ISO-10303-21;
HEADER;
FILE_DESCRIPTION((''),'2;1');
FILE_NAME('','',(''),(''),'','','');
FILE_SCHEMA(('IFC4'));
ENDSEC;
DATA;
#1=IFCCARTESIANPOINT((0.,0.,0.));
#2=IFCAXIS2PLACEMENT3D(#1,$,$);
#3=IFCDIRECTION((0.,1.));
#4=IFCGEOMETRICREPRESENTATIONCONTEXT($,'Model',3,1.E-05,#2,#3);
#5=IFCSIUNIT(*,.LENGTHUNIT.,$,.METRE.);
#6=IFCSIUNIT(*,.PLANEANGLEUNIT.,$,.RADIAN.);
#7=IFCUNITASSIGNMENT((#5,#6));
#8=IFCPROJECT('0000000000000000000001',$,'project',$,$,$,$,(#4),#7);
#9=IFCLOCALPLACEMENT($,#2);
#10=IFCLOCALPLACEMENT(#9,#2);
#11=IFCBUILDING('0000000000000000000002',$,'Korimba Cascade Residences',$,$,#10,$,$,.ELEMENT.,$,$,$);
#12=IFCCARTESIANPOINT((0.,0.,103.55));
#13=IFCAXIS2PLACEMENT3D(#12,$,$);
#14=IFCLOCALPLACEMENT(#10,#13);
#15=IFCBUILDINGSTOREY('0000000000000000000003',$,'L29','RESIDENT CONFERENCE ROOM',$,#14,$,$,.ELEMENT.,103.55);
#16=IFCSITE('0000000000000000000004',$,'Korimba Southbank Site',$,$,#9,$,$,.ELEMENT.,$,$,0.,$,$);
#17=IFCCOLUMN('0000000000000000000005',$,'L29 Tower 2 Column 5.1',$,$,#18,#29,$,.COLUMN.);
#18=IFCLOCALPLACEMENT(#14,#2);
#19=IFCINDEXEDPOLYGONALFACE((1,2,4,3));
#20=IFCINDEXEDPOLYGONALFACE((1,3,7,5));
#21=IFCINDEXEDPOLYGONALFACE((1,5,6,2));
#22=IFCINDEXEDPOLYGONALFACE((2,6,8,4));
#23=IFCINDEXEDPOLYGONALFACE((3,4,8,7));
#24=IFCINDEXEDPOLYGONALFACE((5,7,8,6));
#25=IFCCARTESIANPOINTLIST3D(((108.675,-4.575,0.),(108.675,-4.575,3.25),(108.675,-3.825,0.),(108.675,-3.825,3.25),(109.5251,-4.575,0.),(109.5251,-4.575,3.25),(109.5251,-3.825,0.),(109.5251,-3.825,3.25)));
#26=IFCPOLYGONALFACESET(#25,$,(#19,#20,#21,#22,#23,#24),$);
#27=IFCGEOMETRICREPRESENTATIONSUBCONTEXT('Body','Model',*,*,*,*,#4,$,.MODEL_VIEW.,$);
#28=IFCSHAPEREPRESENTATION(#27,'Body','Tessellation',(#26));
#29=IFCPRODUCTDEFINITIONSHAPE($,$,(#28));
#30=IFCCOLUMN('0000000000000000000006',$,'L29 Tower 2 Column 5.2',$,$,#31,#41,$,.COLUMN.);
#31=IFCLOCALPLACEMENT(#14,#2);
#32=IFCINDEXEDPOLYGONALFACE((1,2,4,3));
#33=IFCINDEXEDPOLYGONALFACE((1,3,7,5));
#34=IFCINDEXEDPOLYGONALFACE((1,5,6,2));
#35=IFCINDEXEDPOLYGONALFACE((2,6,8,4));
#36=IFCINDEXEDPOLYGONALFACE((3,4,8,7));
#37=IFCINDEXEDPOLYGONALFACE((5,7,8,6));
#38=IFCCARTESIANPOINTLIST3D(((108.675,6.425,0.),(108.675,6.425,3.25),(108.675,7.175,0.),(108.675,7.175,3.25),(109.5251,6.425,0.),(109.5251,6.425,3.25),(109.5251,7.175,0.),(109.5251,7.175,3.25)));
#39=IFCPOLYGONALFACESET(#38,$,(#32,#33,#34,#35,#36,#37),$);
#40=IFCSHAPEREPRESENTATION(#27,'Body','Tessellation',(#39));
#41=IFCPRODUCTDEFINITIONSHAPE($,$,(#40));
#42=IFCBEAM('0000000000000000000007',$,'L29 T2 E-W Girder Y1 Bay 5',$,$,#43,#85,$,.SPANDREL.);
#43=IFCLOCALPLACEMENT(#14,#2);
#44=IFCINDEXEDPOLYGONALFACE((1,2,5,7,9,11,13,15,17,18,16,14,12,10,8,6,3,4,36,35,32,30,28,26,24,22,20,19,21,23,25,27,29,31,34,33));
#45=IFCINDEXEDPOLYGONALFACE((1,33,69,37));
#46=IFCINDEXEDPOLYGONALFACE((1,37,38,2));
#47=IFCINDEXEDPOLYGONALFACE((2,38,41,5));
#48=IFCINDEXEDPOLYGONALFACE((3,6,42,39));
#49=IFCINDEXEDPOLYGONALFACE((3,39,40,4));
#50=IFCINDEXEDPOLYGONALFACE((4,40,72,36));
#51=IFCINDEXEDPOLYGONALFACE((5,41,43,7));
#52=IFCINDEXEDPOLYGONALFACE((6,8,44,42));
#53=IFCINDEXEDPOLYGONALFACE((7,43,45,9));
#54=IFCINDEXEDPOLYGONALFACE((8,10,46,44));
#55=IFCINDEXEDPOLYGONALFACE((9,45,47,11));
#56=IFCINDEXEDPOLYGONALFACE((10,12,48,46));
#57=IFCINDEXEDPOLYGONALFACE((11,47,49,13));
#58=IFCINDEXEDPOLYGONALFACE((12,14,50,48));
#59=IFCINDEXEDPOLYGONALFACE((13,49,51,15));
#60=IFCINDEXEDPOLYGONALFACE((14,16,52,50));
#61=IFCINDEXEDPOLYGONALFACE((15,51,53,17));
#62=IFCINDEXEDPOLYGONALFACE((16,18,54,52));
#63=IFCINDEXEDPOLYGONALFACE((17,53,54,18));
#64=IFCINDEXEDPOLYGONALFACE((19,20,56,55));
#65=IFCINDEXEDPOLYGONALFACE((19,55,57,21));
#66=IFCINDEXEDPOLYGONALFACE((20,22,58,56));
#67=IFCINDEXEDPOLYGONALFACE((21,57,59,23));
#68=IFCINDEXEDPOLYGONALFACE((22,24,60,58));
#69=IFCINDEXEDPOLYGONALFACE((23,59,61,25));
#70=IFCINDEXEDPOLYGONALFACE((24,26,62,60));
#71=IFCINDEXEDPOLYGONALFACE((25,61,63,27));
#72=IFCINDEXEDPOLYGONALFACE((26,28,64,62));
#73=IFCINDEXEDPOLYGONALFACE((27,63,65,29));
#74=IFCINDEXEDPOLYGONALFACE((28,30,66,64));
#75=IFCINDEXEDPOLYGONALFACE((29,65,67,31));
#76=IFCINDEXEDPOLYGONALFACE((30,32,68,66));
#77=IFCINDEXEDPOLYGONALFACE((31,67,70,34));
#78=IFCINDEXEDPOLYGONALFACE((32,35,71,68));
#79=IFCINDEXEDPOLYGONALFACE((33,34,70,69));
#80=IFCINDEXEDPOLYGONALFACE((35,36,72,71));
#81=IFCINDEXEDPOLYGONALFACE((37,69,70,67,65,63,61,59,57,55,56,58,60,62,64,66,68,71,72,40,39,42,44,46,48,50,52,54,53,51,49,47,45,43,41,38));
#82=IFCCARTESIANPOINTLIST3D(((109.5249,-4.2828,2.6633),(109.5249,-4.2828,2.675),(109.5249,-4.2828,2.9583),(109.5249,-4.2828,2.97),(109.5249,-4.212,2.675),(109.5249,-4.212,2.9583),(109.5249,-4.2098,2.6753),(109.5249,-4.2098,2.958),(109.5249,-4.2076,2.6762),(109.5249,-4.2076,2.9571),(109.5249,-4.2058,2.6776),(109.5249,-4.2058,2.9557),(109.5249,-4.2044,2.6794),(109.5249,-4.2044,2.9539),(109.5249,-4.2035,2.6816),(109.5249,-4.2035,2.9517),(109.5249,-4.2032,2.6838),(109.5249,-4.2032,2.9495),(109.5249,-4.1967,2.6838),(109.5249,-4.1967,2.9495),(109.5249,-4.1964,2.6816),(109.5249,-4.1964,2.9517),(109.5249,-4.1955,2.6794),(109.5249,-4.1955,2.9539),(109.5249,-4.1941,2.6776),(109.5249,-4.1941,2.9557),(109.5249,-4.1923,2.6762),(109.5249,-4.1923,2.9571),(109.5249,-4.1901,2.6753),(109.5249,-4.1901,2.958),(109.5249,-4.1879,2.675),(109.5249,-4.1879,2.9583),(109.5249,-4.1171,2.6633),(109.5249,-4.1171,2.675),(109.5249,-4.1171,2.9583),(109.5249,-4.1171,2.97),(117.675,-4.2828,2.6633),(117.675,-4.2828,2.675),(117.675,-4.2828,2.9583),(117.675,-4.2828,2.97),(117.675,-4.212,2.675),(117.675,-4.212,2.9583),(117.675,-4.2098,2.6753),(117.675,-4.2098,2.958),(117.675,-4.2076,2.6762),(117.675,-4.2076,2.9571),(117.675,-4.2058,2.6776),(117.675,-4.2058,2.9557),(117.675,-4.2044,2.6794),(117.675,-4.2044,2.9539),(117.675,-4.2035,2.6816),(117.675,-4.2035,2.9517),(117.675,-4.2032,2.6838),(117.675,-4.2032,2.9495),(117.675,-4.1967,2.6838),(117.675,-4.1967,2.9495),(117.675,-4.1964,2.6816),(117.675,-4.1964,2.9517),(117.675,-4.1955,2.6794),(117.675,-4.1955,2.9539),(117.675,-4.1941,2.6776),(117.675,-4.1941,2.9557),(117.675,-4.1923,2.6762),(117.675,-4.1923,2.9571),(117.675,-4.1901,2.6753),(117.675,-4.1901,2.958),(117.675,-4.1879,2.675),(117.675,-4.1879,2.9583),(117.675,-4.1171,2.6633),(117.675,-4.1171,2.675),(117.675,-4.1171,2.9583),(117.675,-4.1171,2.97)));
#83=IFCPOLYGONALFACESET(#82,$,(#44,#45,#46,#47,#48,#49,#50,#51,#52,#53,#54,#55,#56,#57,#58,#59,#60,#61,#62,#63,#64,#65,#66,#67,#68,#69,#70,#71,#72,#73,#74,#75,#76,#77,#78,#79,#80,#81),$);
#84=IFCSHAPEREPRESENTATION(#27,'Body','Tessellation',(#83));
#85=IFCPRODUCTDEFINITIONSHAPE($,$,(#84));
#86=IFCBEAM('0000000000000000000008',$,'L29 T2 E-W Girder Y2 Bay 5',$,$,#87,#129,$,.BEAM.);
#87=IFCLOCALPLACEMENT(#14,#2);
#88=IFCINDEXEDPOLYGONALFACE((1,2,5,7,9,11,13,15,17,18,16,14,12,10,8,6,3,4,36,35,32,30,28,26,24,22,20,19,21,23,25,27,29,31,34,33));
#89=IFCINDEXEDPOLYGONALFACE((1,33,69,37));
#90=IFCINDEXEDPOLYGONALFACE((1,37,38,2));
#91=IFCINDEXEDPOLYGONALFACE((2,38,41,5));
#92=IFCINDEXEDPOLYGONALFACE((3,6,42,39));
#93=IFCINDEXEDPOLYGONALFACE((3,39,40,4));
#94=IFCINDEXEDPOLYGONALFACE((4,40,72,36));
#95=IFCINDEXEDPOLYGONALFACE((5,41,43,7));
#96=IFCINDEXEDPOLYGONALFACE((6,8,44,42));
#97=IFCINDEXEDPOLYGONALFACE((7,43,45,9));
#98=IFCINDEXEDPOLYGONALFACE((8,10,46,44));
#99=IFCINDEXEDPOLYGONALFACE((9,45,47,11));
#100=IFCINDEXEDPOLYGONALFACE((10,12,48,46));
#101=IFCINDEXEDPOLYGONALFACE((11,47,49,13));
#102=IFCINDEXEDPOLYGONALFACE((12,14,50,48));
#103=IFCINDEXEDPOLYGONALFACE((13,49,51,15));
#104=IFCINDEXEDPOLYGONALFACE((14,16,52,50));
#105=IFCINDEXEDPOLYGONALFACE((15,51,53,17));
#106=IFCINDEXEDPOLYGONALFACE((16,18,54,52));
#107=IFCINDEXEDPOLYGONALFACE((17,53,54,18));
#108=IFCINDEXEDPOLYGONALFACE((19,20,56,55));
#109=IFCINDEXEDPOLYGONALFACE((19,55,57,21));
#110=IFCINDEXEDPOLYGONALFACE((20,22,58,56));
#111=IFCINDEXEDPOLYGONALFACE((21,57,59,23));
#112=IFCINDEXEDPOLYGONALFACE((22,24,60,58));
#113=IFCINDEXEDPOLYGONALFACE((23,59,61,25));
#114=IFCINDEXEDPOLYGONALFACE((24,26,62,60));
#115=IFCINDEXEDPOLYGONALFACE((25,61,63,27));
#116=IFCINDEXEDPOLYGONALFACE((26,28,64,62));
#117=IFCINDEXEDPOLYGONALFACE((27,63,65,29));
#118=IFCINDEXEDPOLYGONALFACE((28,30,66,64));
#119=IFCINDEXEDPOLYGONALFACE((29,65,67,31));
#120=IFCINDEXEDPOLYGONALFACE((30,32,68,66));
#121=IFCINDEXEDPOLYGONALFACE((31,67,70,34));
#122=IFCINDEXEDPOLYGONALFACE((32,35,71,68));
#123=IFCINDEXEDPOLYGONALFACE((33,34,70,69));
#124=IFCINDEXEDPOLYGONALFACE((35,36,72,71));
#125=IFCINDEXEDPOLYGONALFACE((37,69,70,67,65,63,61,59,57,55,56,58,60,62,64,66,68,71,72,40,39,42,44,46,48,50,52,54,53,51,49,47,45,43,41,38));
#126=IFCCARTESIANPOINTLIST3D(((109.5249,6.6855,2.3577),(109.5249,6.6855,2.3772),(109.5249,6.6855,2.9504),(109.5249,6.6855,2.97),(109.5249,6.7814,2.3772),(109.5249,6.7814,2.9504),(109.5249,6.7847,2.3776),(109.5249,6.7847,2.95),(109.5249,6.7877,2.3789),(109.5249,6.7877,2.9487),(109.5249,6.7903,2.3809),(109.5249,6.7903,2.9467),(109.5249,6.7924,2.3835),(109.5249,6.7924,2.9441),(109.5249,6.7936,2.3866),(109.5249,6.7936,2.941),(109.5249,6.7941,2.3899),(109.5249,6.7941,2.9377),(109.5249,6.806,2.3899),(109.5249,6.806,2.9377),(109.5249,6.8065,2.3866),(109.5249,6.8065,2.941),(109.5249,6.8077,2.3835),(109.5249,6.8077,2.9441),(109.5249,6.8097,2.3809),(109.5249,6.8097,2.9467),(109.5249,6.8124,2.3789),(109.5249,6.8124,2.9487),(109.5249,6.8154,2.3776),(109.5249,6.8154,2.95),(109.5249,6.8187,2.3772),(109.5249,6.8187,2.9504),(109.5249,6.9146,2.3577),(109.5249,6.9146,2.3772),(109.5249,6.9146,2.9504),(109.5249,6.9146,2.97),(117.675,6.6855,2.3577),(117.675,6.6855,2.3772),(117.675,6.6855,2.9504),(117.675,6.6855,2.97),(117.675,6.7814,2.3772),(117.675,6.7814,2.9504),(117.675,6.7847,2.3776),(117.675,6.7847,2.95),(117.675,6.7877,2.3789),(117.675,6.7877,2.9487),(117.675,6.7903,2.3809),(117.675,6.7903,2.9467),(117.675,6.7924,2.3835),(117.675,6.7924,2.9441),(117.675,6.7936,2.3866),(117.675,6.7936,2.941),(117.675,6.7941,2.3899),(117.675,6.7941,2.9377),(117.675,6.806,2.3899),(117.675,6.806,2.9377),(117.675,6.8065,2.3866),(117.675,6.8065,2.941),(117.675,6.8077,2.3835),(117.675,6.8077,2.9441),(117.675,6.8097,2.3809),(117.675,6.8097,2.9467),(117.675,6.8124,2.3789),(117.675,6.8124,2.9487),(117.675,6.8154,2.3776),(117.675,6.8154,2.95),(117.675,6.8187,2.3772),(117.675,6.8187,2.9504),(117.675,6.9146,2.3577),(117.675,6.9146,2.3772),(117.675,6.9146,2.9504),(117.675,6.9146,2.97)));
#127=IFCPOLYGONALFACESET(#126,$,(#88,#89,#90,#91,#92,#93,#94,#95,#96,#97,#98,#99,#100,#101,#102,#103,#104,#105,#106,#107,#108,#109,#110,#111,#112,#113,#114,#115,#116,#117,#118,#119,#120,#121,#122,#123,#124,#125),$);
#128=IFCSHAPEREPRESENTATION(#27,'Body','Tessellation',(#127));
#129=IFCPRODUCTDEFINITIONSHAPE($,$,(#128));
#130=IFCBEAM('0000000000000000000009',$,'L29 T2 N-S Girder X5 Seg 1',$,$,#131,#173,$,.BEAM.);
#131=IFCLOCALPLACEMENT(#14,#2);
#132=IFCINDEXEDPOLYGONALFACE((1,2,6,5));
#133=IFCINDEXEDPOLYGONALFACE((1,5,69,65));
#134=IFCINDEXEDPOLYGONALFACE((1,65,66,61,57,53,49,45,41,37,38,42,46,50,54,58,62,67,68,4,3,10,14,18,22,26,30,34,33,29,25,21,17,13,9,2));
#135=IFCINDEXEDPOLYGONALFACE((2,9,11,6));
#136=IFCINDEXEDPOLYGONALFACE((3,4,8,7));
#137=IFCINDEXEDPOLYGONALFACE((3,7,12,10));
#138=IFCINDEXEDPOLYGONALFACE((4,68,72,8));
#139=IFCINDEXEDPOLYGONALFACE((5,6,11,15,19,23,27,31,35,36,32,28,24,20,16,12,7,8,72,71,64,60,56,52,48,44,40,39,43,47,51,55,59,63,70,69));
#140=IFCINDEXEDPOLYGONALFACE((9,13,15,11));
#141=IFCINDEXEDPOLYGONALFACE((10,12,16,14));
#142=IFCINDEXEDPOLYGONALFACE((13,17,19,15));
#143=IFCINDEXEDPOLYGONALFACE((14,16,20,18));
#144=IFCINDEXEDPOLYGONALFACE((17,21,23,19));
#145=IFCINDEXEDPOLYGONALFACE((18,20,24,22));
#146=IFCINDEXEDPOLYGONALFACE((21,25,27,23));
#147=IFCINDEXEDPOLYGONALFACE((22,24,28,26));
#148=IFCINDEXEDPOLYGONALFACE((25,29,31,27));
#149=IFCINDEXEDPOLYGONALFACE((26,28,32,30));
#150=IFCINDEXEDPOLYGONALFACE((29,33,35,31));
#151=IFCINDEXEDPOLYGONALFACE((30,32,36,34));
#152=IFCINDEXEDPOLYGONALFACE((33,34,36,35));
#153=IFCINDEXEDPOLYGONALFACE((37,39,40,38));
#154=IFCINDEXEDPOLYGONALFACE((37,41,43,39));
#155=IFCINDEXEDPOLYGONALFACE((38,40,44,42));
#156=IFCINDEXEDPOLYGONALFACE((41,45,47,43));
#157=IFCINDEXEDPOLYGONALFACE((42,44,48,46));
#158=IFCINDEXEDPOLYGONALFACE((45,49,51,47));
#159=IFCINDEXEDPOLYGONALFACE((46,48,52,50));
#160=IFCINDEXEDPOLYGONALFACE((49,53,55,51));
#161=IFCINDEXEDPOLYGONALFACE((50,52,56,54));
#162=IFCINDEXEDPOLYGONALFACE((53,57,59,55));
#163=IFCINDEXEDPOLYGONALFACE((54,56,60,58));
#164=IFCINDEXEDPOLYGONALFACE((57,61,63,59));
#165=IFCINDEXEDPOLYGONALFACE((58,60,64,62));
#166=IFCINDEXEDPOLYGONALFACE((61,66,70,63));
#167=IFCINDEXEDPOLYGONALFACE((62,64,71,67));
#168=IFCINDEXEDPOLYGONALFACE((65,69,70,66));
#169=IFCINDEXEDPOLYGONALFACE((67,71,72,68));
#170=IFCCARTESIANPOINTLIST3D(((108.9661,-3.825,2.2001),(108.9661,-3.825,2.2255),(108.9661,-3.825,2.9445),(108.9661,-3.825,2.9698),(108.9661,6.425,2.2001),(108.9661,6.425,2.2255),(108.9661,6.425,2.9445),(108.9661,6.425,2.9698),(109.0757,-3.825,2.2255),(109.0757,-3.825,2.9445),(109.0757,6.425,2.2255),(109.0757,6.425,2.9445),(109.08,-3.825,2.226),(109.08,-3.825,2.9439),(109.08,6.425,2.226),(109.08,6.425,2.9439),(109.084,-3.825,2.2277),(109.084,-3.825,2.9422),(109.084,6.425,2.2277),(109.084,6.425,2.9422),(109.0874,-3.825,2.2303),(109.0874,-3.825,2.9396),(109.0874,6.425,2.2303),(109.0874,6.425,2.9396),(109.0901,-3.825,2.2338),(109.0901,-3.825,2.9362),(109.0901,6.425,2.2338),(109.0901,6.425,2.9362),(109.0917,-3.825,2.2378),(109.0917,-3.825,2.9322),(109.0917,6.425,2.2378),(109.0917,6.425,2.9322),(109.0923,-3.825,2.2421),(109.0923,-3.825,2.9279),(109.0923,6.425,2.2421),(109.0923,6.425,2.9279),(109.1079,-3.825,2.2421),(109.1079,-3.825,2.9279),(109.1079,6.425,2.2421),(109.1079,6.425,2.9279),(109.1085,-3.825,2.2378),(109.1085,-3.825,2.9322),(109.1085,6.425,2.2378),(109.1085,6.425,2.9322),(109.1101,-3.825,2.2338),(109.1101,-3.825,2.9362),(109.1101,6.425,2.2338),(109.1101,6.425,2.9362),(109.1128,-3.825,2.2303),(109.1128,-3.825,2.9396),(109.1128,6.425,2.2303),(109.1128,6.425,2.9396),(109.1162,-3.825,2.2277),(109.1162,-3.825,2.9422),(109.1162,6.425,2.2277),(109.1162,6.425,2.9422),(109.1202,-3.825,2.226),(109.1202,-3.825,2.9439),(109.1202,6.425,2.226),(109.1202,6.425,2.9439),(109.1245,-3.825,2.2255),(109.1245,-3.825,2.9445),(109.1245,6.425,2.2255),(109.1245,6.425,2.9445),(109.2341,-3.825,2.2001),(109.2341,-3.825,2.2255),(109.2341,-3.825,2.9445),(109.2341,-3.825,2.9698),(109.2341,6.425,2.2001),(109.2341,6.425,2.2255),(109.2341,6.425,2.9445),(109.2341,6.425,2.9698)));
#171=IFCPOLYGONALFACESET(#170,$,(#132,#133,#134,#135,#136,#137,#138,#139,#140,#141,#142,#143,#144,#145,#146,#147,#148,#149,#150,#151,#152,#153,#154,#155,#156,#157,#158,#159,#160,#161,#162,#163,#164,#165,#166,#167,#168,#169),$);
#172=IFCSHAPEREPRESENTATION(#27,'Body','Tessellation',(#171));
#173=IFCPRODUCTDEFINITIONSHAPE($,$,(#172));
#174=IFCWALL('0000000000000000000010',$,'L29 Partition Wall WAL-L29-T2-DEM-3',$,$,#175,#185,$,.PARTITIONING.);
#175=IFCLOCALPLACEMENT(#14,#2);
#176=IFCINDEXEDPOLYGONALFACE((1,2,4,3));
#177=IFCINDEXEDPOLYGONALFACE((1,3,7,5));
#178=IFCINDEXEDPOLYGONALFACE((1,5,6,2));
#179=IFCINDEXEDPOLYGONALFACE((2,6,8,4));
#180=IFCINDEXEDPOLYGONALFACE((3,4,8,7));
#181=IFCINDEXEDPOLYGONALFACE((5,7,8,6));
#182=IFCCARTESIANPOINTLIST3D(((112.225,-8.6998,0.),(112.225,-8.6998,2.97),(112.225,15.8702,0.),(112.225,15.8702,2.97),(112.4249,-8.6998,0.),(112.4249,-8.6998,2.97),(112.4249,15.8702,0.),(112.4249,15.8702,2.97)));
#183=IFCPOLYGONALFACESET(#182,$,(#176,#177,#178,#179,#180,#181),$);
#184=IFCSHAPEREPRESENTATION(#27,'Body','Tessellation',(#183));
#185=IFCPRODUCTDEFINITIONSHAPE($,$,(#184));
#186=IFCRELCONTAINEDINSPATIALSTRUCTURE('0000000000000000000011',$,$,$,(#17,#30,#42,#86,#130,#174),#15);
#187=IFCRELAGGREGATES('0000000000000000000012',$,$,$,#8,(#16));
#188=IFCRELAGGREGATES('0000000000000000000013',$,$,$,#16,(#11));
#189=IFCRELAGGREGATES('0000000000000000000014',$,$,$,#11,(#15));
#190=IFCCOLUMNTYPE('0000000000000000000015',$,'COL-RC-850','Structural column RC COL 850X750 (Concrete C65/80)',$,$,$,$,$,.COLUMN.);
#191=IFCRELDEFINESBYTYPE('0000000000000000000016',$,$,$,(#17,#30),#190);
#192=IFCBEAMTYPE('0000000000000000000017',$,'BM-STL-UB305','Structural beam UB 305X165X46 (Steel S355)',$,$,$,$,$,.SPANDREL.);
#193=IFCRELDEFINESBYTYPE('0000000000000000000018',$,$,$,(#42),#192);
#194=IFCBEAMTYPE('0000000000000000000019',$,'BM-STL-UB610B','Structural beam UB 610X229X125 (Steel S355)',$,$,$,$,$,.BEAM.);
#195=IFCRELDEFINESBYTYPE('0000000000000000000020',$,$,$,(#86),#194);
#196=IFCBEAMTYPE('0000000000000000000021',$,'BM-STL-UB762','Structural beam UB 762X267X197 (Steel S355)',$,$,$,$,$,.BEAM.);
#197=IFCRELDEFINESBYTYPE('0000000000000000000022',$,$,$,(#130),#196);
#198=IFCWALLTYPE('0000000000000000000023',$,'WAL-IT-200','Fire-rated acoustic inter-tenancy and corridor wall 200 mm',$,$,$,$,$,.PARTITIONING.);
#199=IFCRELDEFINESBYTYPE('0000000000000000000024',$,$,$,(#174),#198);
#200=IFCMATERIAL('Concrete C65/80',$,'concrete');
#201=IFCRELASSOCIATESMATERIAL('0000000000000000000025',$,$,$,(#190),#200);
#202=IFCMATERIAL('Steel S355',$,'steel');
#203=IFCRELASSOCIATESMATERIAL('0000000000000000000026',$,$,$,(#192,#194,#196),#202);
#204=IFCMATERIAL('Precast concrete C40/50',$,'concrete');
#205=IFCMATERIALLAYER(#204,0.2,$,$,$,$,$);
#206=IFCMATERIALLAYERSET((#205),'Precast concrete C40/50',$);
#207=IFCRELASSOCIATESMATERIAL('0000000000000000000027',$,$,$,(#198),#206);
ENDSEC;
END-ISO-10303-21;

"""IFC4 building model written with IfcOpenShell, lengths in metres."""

from ifc_helpers import new_model, si_unit, direction, frame, frame_2d, origin, origin_2d, place, context, subcontext, project, spatial, rectangle, i_section, extrude, material, layer, layer_set, material_profile, profile_set, type_object, element, save


model = new_model("IFC4")

# Units and contexts
model_context = context("Model", 3, precision=1e-05, world=origin(), true_north=direction((0.0, 1.0)))
body_context = subcontext(model_context, "Body", "Model", "MODEL_VIEW")
ifc_project = project(units=[si_unit("LENGTHUNIT", "METRE"), si_unit("PLANEANGLEUNIT", "RADIAN")], contexts=[model_context])

# Site, building, storey
site_placement = place(None, origin())
site = spatial("IfcSite", under=ifc_project, at=site_placement, Name="Korimba Southbank Site", CompositionType="ELEMENT", RefElevation=0.0)
building_placement = place(site_placement, origin())
building = spatial("IfcBuilding", under=site, at=building_placement, Name="Korimba Cascade Residences", CompositionType="ELEMENT")
storey_placement = place(building_placement, frame((0.0, 0.0, 103.55)))
storey = spatial("IfcBuildingStorey", under=building, at=storey_placement, Name="L29", Description="RESIDENT CONFERENCE ROOM", CompositionType="ELEMENT", Elevation=103.55)

# Columns
ifc_material_1 = material(Name="Concrete C65/80", Category="concrete")
ifc_material_profile_1 = material_profile(ifc_material_1, rectangle(XDim=0.8501, YDim=0.75, at=origin_2d()), Name="Concrete C65/80")
ifc_profile_set_1 = profile_set([ifc_material_profile_1], Name="Concrete C65/80")
column_type = type_object("IfcColumnType", Name="COL-RC-850", Description="Structural column RC COL 850X750 (Concrete C65/80)", PredefinedType="COLUMN", material=ifc_profile_set_1)
for number, where, z_axis, x_axis, name in (
    (1, (109.1001, -4.2, 0.0), (0.0, 0.0, 1.0), (1.0, 0.0, 0.0), "L29 Tower 2 Column 5.1"),
    (2, (109.1001, 6.8, 0.0), (0.0, 0.0, 1.0), (1.0, 0.0, 0.0), "L29 Tower 2 Column 5.2"),
):
    element("IfcColumn", number, at=place(storey_placement, frame(where, z_axis=z_axis, x_axis=x_axis)), inside=storey, type_object=column_type, Name=name, PredefinedType="COLUMN", context=body_context, shape_type="SweptSolid", body=[
        extrude(rectangle(XDim=0.8501, YDim=0.75, at=origin_2d()), origin(), (0.0, 0.0, 1.0), 3.25),
    ])

# Beams
ifc_material_2 = material(Name="Steel S355", Category="steel")
ifc_material_profile_2 = material_profile(ifc_material_2, i_section(OverallWidth=0.1658, OverallDepth=0.3066, WebThickness=0.0066, FlangeThickness=0.0117, FilletRadius=0.0088, at=origin_2d()), Name="Steel S355")
ifc_profile_set_2 = profile_set([ifc_material_profile_2], Name="Steel S355")
beam_type_1 = type_object("IfcBeamType", Name="BM-STL-UB305", Description="Structural beam UB 305X165X46 (Steel S355)", PredefinedType="SPANDREL", material=ifc_profile_set_2)
beam_1_placement = place(storey_placement, frame((109.5249, -4.2, 2.8167), z_axis=(1.0, 0.0, 0.0), x_axis=(0.0, 1.0, 0.0)))
element("IfcBeam", 3, at=beam_1_placement, inside=storey, type_object=beam_type_1, Name="L29 T2 E-W Girder Y1 Bay 5", PredefinedType="SPANDREL", context=body_context, shape_type="SweptSolid", body=[
    extrude(i_section(OverallWidth=0.1658, OverallDepth=0.3066, WebThickness=0.0066, FlangeThickness=0.0117, FilletRadius=0.0088, at=origin_2d()), origin(), (0.0, 0.0, 1.0), 8.1501),
])
ifc_material_profile_3 = material_profile(ifc_material_2, i_section(OverallWidth=0.229, OverallDepth=0.6123, WebThickness=0.012, FlangeThickness=0.0195, FilletRadius=0.0127, at=origin_2d()), Name="Steel S355")
ifc_profile_set_3 = profile_set([ifc_material_profile_3], Name="Steel S355")
beam_type_2 = type_object("IfcBeamType", Name="BM-STL-UB610B", Description="Structural beam UB 610X229X125 (Steel S355)", PredefinedType="BEAM", material=ifc_profile_set_3)
beam_2_placement = place(storey_placement, frame((109.5249, 6.8, 2.6638), z_axis=(1.0, 0.0, 0.0), x_axis=(0.0, 1.0, 0.0)))
element("IfcBeam", 4, at=beam_2_placement, inside=storey, type_object=beam_type_2, Name="L29 T2 E-W Girder Y2 Bay 5", PredefinedType="BEAM", context=body_context, shape_type="SweptSolid", body=[
    extrude(i_section(OverallWidth=0.229, OverallDepth=0.6123, WebThickness=0.012, FlangeThickness=0.0195, FilletRadius=0.0127, at=origin_2d()), origin(), (0.0, 0.0, 1.0), 8.1501),
])
ifc_material_profile_4 = material_profile(ifc_material_2, i_section(OverallWidth=0.2681, OverallDepth=0.7698, WebThickness=0.0156, FlangeThickness=0.0254, FilletRadius=0.0166, at=origin_2d()), Name="Steel S355")
ifc_profile_set_4 = profile_set([ifc_material_profile_4], Name="Steel S355")
beam_type_3 = type_object("IfcBeamType", Name="BM-STL-UB762", Description="Structural beam UB 762X267X197 (Steel S355)", PredefinedType="BEAM", material=ifc_profile_set_4)
beam_3_placement = place(storey_placement, frame((109.1001, -3.825, 2.585), z_axis=(0.0, 1.0, 0.0), x_axis=(-1.0, 0.0, 0.0)))
element("IfcBeam", 5, at=beam_3_placement, inside=storey, type_object=beam_type_3, Name="L29 T2 N-S Girder X5 Seg 1", PredefinedType="BEAM", context=body_context, shape_type="SweptSolid", body=[
    extrude(i_section(OverallWidth=0.2681, OverallDepth=0.7698, WebThickness=0.0156, FlangeThickness=0.0254, FilletRadius=0.0166, at=origin_2d()), origin(), (0.0, 0.0, 1.0), 10.25),
])

# Wall
ifc_material_3 = material(Name="Precast concrete C40/50", Category="concrete")
ifc_layer_1 = layer(ifc_material_3, 0.2)
ifc_layer_set_1 = layer_set([ifc_layer_1], Name="Precast concrete C40/50")
wall_type_1 = type_object("IfcWallType", Name="WAL-IT-200", Description="Fire-rated acoustic inter-tenancy and corridor wall 200 mm", PredefinedType="PARTITIONING", material=ifc_layer_set_1)
wall_1_placement = place(storey_placement, frame((112.325, -8.7, 0.0), z_axis=(0.0, 0.0, 1.0), x_axis=(0.0, 1.0, 0.0)))
element("IfcWall", 6, at=wall_1_placement, inside=storey, type_object=wall_type_1, Name="L29 Partition Wall WAL-L29-T2-DEM-3", PredefinedType="PARTITIONING", context=body_context, shape_type="SweptSolid", body=[
    extrude(rectangle(XDim=24.5701, YDim=0.2, at=frame_2d((12.2852, 0.0))), origin(), (0.0, 0.0, 1.0), 2.97),
])

save(model, "model.ifc")
